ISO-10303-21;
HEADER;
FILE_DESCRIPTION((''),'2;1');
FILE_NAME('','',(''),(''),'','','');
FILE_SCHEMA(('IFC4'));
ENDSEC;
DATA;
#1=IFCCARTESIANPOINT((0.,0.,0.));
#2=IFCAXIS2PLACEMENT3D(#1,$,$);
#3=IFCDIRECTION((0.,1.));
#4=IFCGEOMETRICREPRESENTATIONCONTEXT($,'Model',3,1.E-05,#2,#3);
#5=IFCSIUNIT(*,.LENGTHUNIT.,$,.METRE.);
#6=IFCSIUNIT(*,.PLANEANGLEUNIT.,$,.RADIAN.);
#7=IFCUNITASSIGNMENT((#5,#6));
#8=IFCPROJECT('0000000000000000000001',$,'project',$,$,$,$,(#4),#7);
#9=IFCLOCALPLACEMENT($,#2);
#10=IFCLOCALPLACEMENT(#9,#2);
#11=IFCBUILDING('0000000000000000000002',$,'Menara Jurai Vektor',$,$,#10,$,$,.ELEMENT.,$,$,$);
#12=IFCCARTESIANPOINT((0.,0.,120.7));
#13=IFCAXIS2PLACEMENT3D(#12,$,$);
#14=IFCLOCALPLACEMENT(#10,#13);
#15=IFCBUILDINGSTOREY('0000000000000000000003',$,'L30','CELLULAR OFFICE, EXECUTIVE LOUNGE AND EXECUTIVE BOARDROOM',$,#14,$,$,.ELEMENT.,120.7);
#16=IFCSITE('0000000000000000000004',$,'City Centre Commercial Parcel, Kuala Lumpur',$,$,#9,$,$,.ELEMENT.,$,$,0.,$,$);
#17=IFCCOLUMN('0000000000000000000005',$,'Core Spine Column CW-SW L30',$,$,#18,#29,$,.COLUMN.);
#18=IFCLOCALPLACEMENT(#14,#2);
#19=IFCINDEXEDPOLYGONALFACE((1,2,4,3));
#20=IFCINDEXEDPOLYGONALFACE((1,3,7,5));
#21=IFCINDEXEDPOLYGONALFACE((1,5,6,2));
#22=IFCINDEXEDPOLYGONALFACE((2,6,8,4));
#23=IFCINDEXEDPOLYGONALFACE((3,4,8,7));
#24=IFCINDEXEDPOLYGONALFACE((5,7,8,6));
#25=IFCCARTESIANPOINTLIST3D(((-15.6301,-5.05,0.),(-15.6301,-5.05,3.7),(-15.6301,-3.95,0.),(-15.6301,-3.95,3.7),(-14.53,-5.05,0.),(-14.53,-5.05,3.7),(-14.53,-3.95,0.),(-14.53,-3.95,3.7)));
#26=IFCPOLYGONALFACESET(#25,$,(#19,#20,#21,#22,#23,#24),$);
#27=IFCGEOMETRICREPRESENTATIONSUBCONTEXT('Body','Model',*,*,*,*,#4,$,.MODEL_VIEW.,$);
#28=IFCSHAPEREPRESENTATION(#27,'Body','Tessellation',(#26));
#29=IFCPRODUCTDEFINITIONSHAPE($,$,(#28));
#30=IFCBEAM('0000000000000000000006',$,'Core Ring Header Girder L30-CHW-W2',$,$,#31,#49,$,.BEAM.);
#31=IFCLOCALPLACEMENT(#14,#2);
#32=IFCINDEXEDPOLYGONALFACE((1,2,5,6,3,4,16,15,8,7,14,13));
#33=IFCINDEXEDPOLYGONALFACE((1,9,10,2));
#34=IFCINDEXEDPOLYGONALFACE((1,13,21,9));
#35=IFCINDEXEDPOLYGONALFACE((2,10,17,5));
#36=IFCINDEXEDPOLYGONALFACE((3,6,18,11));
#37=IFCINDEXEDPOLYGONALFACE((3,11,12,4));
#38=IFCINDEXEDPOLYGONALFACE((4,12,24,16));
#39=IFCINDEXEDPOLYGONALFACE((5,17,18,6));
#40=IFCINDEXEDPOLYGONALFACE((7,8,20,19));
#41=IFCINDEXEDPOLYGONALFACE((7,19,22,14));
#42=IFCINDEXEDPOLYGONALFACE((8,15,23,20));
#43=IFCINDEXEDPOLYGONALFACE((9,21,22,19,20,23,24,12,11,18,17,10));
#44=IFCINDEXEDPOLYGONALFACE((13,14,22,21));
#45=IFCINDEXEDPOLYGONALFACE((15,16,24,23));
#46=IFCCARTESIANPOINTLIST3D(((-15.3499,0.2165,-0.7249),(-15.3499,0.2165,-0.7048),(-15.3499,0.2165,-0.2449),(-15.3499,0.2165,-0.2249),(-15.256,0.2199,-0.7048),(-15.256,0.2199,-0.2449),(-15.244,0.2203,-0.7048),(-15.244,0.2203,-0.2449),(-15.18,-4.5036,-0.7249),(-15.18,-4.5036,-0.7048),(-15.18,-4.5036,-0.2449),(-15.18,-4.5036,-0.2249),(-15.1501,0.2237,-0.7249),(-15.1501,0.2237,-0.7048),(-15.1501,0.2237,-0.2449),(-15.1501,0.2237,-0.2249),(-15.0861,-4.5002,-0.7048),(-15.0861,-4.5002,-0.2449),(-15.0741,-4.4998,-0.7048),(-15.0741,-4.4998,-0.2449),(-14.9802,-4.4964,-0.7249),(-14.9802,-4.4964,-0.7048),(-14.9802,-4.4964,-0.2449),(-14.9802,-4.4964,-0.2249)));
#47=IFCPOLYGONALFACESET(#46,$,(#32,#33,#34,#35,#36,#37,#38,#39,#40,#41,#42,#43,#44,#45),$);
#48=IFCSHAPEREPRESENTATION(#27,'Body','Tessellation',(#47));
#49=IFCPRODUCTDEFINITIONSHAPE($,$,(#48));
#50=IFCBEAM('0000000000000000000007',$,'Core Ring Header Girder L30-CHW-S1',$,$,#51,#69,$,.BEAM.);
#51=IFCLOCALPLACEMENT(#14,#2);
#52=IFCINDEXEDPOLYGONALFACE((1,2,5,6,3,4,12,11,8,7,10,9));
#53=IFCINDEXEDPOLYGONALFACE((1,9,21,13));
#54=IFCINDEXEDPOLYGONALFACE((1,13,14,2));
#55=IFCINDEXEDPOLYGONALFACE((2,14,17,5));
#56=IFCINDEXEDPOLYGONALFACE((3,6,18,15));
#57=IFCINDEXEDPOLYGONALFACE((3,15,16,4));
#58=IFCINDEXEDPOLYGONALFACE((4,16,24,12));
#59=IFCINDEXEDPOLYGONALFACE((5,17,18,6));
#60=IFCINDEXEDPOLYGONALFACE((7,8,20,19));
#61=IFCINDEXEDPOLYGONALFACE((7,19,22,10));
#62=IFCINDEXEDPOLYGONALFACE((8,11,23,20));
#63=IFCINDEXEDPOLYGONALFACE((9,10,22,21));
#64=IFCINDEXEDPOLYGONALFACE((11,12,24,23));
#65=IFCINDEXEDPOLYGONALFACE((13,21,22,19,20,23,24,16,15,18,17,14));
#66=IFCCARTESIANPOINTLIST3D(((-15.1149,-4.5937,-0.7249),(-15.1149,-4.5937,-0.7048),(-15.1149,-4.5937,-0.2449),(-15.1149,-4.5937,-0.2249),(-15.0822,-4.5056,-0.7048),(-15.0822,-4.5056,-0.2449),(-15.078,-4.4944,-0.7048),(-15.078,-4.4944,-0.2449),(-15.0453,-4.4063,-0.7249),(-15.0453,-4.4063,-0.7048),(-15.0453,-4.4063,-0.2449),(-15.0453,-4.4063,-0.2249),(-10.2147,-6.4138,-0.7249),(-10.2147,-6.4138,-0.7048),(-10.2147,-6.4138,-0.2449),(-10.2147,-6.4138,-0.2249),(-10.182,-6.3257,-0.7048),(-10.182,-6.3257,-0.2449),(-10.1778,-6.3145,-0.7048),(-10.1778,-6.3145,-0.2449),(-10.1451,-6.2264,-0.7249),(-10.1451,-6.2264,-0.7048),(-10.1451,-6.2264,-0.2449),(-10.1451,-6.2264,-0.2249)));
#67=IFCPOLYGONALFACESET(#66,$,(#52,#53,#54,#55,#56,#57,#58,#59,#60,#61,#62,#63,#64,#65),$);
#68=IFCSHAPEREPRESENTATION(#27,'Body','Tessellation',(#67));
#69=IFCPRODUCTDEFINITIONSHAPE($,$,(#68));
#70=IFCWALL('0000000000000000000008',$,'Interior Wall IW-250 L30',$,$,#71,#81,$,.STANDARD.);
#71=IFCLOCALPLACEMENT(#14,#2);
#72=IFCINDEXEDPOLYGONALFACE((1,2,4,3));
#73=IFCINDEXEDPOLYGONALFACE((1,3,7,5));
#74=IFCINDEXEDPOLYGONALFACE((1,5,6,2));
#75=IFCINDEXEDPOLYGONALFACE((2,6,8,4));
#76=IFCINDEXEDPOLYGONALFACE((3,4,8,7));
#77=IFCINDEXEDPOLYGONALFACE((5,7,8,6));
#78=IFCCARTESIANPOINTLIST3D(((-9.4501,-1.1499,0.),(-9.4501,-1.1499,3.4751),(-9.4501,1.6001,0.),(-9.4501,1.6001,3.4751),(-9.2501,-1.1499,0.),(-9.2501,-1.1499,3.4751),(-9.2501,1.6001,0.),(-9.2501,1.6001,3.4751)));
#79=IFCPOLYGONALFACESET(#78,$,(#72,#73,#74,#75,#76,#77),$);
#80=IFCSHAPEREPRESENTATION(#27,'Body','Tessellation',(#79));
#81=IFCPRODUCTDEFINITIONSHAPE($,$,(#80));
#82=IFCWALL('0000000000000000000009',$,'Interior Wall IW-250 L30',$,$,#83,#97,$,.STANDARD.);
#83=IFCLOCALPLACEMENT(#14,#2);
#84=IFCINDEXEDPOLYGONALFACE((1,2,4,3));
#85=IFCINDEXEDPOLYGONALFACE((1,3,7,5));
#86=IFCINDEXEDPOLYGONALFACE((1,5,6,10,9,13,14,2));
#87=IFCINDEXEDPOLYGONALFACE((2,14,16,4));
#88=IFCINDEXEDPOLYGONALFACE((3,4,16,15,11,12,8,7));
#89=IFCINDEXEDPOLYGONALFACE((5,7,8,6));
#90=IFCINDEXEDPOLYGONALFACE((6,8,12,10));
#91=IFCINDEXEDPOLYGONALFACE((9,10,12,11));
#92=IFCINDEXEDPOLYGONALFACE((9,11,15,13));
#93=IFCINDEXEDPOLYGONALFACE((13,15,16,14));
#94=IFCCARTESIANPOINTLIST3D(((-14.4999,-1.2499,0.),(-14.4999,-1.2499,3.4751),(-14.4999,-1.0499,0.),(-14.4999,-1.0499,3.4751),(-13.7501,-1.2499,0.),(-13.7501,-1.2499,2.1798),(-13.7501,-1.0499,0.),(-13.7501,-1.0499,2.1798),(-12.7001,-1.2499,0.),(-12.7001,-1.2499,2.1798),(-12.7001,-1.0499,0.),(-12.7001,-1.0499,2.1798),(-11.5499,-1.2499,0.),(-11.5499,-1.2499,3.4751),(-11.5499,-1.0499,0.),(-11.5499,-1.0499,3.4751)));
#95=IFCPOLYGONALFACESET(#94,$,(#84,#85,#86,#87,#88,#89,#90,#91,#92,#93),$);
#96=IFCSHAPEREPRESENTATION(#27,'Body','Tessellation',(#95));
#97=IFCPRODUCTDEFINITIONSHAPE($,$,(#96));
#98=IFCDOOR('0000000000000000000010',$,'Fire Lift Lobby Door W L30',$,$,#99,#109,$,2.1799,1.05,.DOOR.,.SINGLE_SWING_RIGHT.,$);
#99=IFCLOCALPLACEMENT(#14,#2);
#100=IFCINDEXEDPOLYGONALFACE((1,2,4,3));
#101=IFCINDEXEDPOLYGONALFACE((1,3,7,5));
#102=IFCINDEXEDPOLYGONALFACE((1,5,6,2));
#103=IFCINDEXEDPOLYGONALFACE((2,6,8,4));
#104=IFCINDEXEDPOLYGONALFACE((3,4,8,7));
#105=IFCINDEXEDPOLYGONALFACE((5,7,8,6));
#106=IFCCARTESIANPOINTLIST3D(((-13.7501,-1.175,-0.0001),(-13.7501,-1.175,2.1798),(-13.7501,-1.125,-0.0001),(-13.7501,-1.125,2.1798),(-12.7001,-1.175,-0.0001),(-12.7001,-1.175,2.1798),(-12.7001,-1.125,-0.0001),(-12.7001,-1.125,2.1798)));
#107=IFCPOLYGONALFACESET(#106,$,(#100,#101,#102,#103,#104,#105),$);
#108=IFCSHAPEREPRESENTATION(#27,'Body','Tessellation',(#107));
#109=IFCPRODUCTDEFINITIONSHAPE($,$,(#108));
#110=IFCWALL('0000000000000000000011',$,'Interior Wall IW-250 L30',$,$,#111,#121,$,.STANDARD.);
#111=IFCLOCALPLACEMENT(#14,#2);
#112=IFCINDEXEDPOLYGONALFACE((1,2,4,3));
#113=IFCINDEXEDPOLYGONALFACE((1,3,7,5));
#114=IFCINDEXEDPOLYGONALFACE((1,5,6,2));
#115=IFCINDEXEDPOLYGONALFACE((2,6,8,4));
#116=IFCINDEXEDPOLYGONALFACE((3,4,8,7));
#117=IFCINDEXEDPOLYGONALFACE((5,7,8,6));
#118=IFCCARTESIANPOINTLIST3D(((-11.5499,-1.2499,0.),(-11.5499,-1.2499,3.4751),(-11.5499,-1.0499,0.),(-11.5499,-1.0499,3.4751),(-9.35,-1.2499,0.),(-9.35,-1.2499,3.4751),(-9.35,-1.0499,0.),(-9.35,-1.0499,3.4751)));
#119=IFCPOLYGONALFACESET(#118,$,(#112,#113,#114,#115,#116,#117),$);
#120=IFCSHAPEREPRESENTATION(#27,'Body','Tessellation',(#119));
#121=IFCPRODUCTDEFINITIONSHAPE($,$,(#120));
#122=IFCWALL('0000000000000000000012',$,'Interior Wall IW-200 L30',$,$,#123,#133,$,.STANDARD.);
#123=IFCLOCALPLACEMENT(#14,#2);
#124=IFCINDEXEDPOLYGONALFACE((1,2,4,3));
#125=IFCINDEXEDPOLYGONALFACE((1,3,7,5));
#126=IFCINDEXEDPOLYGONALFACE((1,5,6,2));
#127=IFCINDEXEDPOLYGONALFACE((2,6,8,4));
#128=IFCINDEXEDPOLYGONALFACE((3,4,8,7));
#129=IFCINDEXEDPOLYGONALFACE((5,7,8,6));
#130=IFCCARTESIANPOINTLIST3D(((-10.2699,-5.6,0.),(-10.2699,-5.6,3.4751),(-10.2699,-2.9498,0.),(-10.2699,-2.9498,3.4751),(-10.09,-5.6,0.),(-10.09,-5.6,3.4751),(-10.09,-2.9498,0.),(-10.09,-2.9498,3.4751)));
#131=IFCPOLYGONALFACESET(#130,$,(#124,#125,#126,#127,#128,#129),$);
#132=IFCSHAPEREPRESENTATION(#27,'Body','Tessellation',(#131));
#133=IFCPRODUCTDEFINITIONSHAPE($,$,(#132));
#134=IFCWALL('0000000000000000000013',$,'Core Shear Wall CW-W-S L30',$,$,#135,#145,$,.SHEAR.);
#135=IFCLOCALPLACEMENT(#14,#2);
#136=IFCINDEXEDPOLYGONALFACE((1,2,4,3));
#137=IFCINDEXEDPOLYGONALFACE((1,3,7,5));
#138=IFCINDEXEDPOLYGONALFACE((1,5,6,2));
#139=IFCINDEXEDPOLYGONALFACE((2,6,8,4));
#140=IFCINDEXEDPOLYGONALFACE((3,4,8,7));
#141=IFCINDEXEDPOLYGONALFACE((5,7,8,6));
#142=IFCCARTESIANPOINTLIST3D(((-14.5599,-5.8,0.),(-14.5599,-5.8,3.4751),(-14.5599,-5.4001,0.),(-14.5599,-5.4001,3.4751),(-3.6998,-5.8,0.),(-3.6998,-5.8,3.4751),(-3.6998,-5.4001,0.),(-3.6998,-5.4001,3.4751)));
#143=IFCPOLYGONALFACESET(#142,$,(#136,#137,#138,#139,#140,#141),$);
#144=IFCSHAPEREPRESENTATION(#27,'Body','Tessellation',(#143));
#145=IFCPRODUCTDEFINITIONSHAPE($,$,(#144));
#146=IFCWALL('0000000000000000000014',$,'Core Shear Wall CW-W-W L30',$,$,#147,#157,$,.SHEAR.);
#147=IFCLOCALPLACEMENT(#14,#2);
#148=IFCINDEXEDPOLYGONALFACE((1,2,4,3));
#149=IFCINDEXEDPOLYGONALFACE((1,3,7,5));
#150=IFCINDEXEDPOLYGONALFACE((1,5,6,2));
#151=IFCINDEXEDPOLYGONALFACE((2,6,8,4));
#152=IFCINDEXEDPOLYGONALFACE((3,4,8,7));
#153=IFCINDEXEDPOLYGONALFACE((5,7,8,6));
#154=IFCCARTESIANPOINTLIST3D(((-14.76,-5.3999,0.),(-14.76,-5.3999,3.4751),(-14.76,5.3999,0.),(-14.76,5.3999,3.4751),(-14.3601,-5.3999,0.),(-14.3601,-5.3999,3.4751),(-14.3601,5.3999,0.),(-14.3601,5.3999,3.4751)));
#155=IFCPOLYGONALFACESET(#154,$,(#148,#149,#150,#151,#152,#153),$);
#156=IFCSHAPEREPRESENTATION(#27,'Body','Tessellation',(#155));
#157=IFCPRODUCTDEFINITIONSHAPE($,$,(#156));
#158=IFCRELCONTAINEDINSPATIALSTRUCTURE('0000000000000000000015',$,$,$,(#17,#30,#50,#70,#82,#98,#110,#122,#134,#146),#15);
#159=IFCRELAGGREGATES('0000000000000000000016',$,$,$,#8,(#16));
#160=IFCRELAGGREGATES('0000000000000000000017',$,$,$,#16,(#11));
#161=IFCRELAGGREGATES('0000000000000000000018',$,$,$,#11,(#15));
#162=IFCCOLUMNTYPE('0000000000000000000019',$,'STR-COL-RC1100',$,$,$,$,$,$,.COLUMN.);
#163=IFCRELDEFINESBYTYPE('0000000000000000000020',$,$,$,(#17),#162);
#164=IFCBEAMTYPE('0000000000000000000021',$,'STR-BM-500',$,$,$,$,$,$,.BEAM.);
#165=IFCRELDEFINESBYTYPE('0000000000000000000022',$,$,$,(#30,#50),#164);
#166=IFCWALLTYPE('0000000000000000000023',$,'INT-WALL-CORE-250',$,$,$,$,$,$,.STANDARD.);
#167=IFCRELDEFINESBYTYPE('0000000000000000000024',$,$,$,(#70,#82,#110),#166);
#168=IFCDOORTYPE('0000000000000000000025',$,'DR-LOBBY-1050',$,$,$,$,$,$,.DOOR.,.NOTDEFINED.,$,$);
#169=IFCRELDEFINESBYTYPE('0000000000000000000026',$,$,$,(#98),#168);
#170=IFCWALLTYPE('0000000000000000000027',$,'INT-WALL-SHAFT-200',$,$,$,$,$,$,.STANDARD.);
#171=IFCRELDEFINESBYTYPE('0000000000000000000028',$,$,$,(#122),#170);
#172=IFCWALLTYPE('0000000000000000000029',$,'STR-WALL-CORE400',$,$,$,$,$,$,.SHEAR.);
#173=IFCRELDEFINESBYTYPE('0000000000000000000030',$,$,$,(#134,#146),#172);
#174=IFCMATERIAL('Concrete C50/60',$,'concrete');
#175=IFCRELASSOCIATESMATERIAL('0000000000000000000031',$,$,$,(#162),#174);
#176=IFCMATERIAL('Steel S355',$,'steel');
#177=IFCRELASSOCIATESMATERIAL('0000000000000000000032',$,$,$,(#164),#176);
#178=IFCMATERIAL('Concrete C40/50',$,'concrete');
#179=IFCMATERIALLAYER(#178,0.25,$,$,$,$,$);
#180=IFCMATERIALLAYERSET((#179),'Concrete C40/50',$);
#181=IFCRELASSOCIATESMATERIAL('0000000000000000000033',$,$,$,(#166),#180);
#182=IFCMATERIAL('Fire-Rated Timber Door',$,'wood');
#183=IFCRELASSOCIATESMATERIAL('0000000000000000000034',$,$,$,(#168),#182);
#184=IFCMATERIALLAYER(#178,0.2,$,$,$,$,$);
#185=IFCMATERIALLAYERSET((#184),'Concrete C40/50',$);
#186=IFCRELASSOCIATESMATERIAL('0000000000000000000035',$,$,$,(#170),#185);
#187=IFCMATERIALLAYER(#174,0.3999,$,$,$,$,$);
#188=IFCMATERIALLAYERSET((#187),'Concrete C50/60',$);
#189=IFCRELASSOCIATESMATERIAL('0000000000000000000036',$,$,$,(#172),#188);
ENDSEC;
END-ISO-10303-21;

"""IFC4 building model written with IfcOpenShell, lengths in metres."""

from ifc_helpers import new_model, si_unit, direction, frame, frame_2d, origin, origin_2d, place, context, subcontext, project, spatial, rectangle, i_section, extrude, material, layer, layer_set, material_profile, profile_set, type_object, element, fill, save


model = new_model("IFC4")

# Units and contexts
model_context = context("Model", 3, precision=1e-05, world=origin(), true_north=direction((0.0, 1.0)))
body_context = subcontext(model_context, "Body", "Model", "MODEL_VIEW")
ifc_project = project(units=[si_unit("LENGTHUNIT", "METRE"), si_unit("PLANEANGLEUNIT", "RADIAN")], contexts=[model_context])

# Site, building, storey
site_placement = place(None, origin())
site = spatial("IfcSite", under=ifc_project, at=site_placement, Name="City Centre Commercial Parcel, Kuala Lumpur", CompositionType="ELEMENT", RefElevation=0.0)
building_placement = place(site_placement, origin())
building = spatial("IfcBuilding", under=site, at=building_placement, Name="Menara Jurai Vektor", CompositionType="ELEMENT")
storey_placement = place(building_placement, frame((0.0, 0.0, 120.7)))
storey = spatial("IfcBuildingStorey", under=building, at=storey_placement, Name="L30", Description="CELLULAR OFFICE, EXECUTIVE LOUNGE AND EXECUTIVE BOARDROOM", CompositionType="ELEMENT", Elevation=120.7)

# Column
ifc_material_1 = material(Name="Concrete C50/60", Category="concrete")
ifc_material_profile_1 = material_profile(ifc_material_1, rectangle(XDim=1.1001, YDim=1.1001, at=origin_2d()), Name="RC 1100x1100")
ifc_profile_set_1 = profile_set([ifc_material_profile_1], Name="Concrete C50/60")
column_type = type_object("IfcColumnType", Name="STR-COL-RC1100", PredefinedType="COLUMN", material=ifc_profile_set_1)
column_placement = place(storey_placement, frame((-15.0801, -4.5, 0.0), z_axis=(0.0, 0.0, 1.0), x_axis=(1.0, 0.0, 0.0)))
element("IfcColumn", 1, at=column_placement, inside=storey, type_object=column_type, Name="Core Spine Column CW-SW L30", PredefinedType="COLUMN", context=body_context, shape_type="SweptSolid", body=[
    extrude(rectangle(XDim=1.1001, YDim=1.1001, at=origin_2d()), origin(), (0.0, 0.0, 1.0), 3.7),
])

# Beams
ifc_material_2 = material(Name="Steel S355", Category="steel")
ifc_material_profile_2 = material_profile(ifc_material_2, i_section(OverallWidth=0.2, OverallDepth=0.5, WebThickness=0.012, FlangeThickness=0.02, at=origin_2d()), Name="PG 500x200x96")
ifc_profile_set_2 = profile_set([ifc_material_profile_2], Name="Steel S355")
beam_type = type_object("IfcBeamType", Name="STR-BM-500", PredefinedType="BEAM", material=ifc_profile_set_2)
beam_1_placement = place(storey_placement, frame((-15.0801, -4.5, -0.4749), z_axis=(-0.035977, 0.999353, 0.0), x_axis=(-0.999353, -0.035977, 0.0)))
element("IfcBeam", 2, at=beam_1_placement, inside=storey, type_object=beam_type, Name="Core Ring Header Girder L30-CHW-W2", PredefinedType="BEAM", context=body_context, shape_type="SweptSolid", body=[
    extrude(i_section(OverallWidth=0.2, OverallDepth=0.5, WebThickness=0.012, FlangeThickness=0.02, at=origin_2d()), origin(), (0.0, 0.0, 1.0), 4.7231),
])
beam_2_placement = place(storey_placement, frame((-15.0801, -4.5, -0.4749), z_axis=(0.937424, -0.348189, 0.0), x_axis=(0.348189, 0.937424, 0.0)))
element("IfcBeam", 3, at=beam_2_placement, inside=storey, type_object=beam_type, Name="Core Ring Header Girder L30-CHW-S1", PredefinedType="BEAM", context=body_context, shape_type="SweptSolid", body=[
    extrude(i_section(OverallWidth=0.2, OverallDepth=0.5, WebThickness=0.012, FlangeThickness=0.02, at=origin_2d()), origin(), (0.0, 0.0, 1.0), 5.2273),
])

# Shared definitions
ifc_material_3 = material(Name="Concrete C40/50", Category="concrete")
ifc_layer_1 = layer(ifc_material_3, 0.25)
ifc_layer_set_1 = layer_set([ifc_layer_1], Name="Concrete C40/50")
wall_type_1 = type_object("IfcWallType", Name="INT-WALL-CORE-250", PredefinedType="STANDARD", material=ifc_layer_set_1)

# Wall
wall_1_placement = place(storey_placement, frame((-9.3501, -1.1499, 0.0), z_axis=(0.0, 0.0, 1.0), x_axis=(0.0, 1.0, 0.0)))
element("IfcWall", 4, at=wall_1_placement, inside=storey, type_object=wall_type_1, Name="Interior Wall IW-250 L30", PredefinedType="STANDARD", context=body_context, shape_type="SweptSolid", body=[
    extrude(rectangle(XDim=2.75, YDim=0.2, at=frame_2d((1.375, 0.0))), origin(), (0.0, 0.0, 1.0), 3.4751),
])

# Wall, opening, door
wall_2_placement = place(storey_placement, frame((-14.5, -1.1499, 0.0), z_axis=(0.0, 0.0, 1.0), x_axis=(1.0, 0.0, 0.0)))
wall_2 = element("IfcWall", 5, at=wall_2_placement, inside=storey, type_object=wall_type_1, Name="Interior Wall IW-250 L30", PredefinedType="STANDARD", context=body_context, shape_type="SweptSolid", body=[
    extrude(rectangle(XDim=2.95, YDim=0.2, at=frame_2d((1.4751, 0.0))), origin(), (0.0, 0.0, 1.0), 3.4751),
])
opening_1_placement = place(wall_2_placement, frame((0.75, 0.0, 0.0)))
opening_1 = element("IfcOpeningElement", 6, at=opening_1_placement, cuts=wall_2, PredefinedType="OPENING", context=body_context, shape_type="SweptSolid", body=[
    extrude(rectangle(XDim=1.05, YDim=2.1799, at=frame_2d((0.5249, 1.0898))), frame((0.0, 0.1099, 0.0), z_axis=(0.0, -1.0, 0.0), x_axis=(1.0, 0.0, 0.0)), (0.0, 0.0, 1.0), 0.22),
])
ifc_material_4 = material(Name="Fire-Rated Timber Door", Category="wood")
door_type_1 = type_object("IfcDoorType", Name="DR-LOBBY-1050", OperationType="NOTDEFINED", PredefinedType="DOOR", material=ifc_material_4)
door_1_placement = place(opening_1_placement, origin())
door_1 = element("IfcDoor", 7, at=door_1_placement, inside=storey, type_object=door_type_1, Name="Fire Lift Lobby Door W L30", OperationType="SINGLE_SWING_RIGHT", OverallHeight=2.1799, OverallWidth=1.05, PredefinedType="DOOR", context=body_context, shape_type="SweptSolid", body=[
    extrude(rectangle(XDim=1.05, YDim=2.1799, at=frame_2d((0.5249, 1.0898))), frame((0.0, 0.0249, 0.0), z_axis=(0.0, -1.0, 0.0), x_axis=(1.0, 0.0, 0.0)), (0.0, 0.0, 1.0), 0.05),
])
fill(opening_1, door_1)

# Wall
wall_3_placement = place(storey_placement, frame((-11.55, -1.1499, 0.0), z_axis=(0.0, 0.0, 1.0), x_axis=(1.0, 0.0, 0.0)))
element("IfcWall", 8, at=wall_3_placement, inside=storey, type_object=wall_type_1, Name="Interior Wall IW-250 L30", PredefinedType="STANDARD", context=body_context, shape_type="SweptSolid", body=[
    extrude(rectangle(XDim=2.2, YDim=0.2, at=frame_2d((1.1001, 0.0))), origin(), (0.0, 0.0, 1.0), 3.4751),
])

# Shared definitions
ifc_layer_2 = layer(ifc_material_3, 0.2)
ifc_layer_set_2 = layer_set([ifc_layer_2], Name="Concrete C40/50")
wall_type_2 = type_object("IfcWallType", Name="INT-WALL-SHAFT-200", PredefinedType="STANDARD", material=ifc_layer_set_2)

# Walls
wall_4_placement = place(storey_placement, frame((-10.1799, -5.6001, 0.0), z_axis=(0.0, 0.0, 1.0), x_axis=(0.0, 1.0, 0.0)))
element("IfcWall", 9, at=wall_4_placement, inside=storey, type_object=wall_type_2, Name="Interior Wall IW-200 L30", PredefinedType="STANDARD", context=body_context, shape_type="SweptSolid", body=[
    extrude(rectangle(XDim=2.6501, YDim=0.1799, at=frame_2d((1.3252, 0.0))), origin(), (0.0, 0.0, 1.0), 3.4751),
])
ifc_layer_3 = layer(ifc_material_1, 0.3999)
ifc_layer_set_3 = layer_set([ifc_layer_3], Name="Concrete C50/60")
wall_type_3 = type_object("IfcWallType", Name="STR-WALL-CORE400", PredefinedType="SHEAR", material=ifc_layer_set_3)
wall_5_placement = place(storey_placement, frame((-14.5601, -5.6001, 0.0), z_axis=(0.0, 0.0, 1.0), x_axis=(1.0, 0.0, 0.0)))
element("IfcWall", 10, at=wall_5_placement, inside=storey, type_object=wall_type_3, Name="Core Shear Wall CW-W-S L30", PredefinedType="SHEAR", context=body_context, shape_type="SweptSolid", body=[
    extrude(rectangle(XDim=10.8601, YDim=0.3999, at=frame_2d((5.4302, 0.0))), origin(), (0.0, 0.0, 1.0), 3.4751),
])
wall_6_placement = place(storey_placement, frame((-14.5601, -5.3999, 0.0), z_axis=(0.0, 0.0, 1.0), x_axis=(0.0, 1.0, 0.0)))
element("IfcWall", 11, at=wall_6_placement, inside=storey, type_object=wall_type_3, Name="Core Shear Wall CW-W-W L30", PredefinedType="SHEAR", context=body_context, shape_type="SweptSolid", body=[
    extrude(rectangle(XDim=10.7998, YDim=0.3999, at=frame_2d((5.3999, 0.0))), origin(), (0.0, 0.0, 1.0), 3.4751),
])

save(model, "model.ifc")
